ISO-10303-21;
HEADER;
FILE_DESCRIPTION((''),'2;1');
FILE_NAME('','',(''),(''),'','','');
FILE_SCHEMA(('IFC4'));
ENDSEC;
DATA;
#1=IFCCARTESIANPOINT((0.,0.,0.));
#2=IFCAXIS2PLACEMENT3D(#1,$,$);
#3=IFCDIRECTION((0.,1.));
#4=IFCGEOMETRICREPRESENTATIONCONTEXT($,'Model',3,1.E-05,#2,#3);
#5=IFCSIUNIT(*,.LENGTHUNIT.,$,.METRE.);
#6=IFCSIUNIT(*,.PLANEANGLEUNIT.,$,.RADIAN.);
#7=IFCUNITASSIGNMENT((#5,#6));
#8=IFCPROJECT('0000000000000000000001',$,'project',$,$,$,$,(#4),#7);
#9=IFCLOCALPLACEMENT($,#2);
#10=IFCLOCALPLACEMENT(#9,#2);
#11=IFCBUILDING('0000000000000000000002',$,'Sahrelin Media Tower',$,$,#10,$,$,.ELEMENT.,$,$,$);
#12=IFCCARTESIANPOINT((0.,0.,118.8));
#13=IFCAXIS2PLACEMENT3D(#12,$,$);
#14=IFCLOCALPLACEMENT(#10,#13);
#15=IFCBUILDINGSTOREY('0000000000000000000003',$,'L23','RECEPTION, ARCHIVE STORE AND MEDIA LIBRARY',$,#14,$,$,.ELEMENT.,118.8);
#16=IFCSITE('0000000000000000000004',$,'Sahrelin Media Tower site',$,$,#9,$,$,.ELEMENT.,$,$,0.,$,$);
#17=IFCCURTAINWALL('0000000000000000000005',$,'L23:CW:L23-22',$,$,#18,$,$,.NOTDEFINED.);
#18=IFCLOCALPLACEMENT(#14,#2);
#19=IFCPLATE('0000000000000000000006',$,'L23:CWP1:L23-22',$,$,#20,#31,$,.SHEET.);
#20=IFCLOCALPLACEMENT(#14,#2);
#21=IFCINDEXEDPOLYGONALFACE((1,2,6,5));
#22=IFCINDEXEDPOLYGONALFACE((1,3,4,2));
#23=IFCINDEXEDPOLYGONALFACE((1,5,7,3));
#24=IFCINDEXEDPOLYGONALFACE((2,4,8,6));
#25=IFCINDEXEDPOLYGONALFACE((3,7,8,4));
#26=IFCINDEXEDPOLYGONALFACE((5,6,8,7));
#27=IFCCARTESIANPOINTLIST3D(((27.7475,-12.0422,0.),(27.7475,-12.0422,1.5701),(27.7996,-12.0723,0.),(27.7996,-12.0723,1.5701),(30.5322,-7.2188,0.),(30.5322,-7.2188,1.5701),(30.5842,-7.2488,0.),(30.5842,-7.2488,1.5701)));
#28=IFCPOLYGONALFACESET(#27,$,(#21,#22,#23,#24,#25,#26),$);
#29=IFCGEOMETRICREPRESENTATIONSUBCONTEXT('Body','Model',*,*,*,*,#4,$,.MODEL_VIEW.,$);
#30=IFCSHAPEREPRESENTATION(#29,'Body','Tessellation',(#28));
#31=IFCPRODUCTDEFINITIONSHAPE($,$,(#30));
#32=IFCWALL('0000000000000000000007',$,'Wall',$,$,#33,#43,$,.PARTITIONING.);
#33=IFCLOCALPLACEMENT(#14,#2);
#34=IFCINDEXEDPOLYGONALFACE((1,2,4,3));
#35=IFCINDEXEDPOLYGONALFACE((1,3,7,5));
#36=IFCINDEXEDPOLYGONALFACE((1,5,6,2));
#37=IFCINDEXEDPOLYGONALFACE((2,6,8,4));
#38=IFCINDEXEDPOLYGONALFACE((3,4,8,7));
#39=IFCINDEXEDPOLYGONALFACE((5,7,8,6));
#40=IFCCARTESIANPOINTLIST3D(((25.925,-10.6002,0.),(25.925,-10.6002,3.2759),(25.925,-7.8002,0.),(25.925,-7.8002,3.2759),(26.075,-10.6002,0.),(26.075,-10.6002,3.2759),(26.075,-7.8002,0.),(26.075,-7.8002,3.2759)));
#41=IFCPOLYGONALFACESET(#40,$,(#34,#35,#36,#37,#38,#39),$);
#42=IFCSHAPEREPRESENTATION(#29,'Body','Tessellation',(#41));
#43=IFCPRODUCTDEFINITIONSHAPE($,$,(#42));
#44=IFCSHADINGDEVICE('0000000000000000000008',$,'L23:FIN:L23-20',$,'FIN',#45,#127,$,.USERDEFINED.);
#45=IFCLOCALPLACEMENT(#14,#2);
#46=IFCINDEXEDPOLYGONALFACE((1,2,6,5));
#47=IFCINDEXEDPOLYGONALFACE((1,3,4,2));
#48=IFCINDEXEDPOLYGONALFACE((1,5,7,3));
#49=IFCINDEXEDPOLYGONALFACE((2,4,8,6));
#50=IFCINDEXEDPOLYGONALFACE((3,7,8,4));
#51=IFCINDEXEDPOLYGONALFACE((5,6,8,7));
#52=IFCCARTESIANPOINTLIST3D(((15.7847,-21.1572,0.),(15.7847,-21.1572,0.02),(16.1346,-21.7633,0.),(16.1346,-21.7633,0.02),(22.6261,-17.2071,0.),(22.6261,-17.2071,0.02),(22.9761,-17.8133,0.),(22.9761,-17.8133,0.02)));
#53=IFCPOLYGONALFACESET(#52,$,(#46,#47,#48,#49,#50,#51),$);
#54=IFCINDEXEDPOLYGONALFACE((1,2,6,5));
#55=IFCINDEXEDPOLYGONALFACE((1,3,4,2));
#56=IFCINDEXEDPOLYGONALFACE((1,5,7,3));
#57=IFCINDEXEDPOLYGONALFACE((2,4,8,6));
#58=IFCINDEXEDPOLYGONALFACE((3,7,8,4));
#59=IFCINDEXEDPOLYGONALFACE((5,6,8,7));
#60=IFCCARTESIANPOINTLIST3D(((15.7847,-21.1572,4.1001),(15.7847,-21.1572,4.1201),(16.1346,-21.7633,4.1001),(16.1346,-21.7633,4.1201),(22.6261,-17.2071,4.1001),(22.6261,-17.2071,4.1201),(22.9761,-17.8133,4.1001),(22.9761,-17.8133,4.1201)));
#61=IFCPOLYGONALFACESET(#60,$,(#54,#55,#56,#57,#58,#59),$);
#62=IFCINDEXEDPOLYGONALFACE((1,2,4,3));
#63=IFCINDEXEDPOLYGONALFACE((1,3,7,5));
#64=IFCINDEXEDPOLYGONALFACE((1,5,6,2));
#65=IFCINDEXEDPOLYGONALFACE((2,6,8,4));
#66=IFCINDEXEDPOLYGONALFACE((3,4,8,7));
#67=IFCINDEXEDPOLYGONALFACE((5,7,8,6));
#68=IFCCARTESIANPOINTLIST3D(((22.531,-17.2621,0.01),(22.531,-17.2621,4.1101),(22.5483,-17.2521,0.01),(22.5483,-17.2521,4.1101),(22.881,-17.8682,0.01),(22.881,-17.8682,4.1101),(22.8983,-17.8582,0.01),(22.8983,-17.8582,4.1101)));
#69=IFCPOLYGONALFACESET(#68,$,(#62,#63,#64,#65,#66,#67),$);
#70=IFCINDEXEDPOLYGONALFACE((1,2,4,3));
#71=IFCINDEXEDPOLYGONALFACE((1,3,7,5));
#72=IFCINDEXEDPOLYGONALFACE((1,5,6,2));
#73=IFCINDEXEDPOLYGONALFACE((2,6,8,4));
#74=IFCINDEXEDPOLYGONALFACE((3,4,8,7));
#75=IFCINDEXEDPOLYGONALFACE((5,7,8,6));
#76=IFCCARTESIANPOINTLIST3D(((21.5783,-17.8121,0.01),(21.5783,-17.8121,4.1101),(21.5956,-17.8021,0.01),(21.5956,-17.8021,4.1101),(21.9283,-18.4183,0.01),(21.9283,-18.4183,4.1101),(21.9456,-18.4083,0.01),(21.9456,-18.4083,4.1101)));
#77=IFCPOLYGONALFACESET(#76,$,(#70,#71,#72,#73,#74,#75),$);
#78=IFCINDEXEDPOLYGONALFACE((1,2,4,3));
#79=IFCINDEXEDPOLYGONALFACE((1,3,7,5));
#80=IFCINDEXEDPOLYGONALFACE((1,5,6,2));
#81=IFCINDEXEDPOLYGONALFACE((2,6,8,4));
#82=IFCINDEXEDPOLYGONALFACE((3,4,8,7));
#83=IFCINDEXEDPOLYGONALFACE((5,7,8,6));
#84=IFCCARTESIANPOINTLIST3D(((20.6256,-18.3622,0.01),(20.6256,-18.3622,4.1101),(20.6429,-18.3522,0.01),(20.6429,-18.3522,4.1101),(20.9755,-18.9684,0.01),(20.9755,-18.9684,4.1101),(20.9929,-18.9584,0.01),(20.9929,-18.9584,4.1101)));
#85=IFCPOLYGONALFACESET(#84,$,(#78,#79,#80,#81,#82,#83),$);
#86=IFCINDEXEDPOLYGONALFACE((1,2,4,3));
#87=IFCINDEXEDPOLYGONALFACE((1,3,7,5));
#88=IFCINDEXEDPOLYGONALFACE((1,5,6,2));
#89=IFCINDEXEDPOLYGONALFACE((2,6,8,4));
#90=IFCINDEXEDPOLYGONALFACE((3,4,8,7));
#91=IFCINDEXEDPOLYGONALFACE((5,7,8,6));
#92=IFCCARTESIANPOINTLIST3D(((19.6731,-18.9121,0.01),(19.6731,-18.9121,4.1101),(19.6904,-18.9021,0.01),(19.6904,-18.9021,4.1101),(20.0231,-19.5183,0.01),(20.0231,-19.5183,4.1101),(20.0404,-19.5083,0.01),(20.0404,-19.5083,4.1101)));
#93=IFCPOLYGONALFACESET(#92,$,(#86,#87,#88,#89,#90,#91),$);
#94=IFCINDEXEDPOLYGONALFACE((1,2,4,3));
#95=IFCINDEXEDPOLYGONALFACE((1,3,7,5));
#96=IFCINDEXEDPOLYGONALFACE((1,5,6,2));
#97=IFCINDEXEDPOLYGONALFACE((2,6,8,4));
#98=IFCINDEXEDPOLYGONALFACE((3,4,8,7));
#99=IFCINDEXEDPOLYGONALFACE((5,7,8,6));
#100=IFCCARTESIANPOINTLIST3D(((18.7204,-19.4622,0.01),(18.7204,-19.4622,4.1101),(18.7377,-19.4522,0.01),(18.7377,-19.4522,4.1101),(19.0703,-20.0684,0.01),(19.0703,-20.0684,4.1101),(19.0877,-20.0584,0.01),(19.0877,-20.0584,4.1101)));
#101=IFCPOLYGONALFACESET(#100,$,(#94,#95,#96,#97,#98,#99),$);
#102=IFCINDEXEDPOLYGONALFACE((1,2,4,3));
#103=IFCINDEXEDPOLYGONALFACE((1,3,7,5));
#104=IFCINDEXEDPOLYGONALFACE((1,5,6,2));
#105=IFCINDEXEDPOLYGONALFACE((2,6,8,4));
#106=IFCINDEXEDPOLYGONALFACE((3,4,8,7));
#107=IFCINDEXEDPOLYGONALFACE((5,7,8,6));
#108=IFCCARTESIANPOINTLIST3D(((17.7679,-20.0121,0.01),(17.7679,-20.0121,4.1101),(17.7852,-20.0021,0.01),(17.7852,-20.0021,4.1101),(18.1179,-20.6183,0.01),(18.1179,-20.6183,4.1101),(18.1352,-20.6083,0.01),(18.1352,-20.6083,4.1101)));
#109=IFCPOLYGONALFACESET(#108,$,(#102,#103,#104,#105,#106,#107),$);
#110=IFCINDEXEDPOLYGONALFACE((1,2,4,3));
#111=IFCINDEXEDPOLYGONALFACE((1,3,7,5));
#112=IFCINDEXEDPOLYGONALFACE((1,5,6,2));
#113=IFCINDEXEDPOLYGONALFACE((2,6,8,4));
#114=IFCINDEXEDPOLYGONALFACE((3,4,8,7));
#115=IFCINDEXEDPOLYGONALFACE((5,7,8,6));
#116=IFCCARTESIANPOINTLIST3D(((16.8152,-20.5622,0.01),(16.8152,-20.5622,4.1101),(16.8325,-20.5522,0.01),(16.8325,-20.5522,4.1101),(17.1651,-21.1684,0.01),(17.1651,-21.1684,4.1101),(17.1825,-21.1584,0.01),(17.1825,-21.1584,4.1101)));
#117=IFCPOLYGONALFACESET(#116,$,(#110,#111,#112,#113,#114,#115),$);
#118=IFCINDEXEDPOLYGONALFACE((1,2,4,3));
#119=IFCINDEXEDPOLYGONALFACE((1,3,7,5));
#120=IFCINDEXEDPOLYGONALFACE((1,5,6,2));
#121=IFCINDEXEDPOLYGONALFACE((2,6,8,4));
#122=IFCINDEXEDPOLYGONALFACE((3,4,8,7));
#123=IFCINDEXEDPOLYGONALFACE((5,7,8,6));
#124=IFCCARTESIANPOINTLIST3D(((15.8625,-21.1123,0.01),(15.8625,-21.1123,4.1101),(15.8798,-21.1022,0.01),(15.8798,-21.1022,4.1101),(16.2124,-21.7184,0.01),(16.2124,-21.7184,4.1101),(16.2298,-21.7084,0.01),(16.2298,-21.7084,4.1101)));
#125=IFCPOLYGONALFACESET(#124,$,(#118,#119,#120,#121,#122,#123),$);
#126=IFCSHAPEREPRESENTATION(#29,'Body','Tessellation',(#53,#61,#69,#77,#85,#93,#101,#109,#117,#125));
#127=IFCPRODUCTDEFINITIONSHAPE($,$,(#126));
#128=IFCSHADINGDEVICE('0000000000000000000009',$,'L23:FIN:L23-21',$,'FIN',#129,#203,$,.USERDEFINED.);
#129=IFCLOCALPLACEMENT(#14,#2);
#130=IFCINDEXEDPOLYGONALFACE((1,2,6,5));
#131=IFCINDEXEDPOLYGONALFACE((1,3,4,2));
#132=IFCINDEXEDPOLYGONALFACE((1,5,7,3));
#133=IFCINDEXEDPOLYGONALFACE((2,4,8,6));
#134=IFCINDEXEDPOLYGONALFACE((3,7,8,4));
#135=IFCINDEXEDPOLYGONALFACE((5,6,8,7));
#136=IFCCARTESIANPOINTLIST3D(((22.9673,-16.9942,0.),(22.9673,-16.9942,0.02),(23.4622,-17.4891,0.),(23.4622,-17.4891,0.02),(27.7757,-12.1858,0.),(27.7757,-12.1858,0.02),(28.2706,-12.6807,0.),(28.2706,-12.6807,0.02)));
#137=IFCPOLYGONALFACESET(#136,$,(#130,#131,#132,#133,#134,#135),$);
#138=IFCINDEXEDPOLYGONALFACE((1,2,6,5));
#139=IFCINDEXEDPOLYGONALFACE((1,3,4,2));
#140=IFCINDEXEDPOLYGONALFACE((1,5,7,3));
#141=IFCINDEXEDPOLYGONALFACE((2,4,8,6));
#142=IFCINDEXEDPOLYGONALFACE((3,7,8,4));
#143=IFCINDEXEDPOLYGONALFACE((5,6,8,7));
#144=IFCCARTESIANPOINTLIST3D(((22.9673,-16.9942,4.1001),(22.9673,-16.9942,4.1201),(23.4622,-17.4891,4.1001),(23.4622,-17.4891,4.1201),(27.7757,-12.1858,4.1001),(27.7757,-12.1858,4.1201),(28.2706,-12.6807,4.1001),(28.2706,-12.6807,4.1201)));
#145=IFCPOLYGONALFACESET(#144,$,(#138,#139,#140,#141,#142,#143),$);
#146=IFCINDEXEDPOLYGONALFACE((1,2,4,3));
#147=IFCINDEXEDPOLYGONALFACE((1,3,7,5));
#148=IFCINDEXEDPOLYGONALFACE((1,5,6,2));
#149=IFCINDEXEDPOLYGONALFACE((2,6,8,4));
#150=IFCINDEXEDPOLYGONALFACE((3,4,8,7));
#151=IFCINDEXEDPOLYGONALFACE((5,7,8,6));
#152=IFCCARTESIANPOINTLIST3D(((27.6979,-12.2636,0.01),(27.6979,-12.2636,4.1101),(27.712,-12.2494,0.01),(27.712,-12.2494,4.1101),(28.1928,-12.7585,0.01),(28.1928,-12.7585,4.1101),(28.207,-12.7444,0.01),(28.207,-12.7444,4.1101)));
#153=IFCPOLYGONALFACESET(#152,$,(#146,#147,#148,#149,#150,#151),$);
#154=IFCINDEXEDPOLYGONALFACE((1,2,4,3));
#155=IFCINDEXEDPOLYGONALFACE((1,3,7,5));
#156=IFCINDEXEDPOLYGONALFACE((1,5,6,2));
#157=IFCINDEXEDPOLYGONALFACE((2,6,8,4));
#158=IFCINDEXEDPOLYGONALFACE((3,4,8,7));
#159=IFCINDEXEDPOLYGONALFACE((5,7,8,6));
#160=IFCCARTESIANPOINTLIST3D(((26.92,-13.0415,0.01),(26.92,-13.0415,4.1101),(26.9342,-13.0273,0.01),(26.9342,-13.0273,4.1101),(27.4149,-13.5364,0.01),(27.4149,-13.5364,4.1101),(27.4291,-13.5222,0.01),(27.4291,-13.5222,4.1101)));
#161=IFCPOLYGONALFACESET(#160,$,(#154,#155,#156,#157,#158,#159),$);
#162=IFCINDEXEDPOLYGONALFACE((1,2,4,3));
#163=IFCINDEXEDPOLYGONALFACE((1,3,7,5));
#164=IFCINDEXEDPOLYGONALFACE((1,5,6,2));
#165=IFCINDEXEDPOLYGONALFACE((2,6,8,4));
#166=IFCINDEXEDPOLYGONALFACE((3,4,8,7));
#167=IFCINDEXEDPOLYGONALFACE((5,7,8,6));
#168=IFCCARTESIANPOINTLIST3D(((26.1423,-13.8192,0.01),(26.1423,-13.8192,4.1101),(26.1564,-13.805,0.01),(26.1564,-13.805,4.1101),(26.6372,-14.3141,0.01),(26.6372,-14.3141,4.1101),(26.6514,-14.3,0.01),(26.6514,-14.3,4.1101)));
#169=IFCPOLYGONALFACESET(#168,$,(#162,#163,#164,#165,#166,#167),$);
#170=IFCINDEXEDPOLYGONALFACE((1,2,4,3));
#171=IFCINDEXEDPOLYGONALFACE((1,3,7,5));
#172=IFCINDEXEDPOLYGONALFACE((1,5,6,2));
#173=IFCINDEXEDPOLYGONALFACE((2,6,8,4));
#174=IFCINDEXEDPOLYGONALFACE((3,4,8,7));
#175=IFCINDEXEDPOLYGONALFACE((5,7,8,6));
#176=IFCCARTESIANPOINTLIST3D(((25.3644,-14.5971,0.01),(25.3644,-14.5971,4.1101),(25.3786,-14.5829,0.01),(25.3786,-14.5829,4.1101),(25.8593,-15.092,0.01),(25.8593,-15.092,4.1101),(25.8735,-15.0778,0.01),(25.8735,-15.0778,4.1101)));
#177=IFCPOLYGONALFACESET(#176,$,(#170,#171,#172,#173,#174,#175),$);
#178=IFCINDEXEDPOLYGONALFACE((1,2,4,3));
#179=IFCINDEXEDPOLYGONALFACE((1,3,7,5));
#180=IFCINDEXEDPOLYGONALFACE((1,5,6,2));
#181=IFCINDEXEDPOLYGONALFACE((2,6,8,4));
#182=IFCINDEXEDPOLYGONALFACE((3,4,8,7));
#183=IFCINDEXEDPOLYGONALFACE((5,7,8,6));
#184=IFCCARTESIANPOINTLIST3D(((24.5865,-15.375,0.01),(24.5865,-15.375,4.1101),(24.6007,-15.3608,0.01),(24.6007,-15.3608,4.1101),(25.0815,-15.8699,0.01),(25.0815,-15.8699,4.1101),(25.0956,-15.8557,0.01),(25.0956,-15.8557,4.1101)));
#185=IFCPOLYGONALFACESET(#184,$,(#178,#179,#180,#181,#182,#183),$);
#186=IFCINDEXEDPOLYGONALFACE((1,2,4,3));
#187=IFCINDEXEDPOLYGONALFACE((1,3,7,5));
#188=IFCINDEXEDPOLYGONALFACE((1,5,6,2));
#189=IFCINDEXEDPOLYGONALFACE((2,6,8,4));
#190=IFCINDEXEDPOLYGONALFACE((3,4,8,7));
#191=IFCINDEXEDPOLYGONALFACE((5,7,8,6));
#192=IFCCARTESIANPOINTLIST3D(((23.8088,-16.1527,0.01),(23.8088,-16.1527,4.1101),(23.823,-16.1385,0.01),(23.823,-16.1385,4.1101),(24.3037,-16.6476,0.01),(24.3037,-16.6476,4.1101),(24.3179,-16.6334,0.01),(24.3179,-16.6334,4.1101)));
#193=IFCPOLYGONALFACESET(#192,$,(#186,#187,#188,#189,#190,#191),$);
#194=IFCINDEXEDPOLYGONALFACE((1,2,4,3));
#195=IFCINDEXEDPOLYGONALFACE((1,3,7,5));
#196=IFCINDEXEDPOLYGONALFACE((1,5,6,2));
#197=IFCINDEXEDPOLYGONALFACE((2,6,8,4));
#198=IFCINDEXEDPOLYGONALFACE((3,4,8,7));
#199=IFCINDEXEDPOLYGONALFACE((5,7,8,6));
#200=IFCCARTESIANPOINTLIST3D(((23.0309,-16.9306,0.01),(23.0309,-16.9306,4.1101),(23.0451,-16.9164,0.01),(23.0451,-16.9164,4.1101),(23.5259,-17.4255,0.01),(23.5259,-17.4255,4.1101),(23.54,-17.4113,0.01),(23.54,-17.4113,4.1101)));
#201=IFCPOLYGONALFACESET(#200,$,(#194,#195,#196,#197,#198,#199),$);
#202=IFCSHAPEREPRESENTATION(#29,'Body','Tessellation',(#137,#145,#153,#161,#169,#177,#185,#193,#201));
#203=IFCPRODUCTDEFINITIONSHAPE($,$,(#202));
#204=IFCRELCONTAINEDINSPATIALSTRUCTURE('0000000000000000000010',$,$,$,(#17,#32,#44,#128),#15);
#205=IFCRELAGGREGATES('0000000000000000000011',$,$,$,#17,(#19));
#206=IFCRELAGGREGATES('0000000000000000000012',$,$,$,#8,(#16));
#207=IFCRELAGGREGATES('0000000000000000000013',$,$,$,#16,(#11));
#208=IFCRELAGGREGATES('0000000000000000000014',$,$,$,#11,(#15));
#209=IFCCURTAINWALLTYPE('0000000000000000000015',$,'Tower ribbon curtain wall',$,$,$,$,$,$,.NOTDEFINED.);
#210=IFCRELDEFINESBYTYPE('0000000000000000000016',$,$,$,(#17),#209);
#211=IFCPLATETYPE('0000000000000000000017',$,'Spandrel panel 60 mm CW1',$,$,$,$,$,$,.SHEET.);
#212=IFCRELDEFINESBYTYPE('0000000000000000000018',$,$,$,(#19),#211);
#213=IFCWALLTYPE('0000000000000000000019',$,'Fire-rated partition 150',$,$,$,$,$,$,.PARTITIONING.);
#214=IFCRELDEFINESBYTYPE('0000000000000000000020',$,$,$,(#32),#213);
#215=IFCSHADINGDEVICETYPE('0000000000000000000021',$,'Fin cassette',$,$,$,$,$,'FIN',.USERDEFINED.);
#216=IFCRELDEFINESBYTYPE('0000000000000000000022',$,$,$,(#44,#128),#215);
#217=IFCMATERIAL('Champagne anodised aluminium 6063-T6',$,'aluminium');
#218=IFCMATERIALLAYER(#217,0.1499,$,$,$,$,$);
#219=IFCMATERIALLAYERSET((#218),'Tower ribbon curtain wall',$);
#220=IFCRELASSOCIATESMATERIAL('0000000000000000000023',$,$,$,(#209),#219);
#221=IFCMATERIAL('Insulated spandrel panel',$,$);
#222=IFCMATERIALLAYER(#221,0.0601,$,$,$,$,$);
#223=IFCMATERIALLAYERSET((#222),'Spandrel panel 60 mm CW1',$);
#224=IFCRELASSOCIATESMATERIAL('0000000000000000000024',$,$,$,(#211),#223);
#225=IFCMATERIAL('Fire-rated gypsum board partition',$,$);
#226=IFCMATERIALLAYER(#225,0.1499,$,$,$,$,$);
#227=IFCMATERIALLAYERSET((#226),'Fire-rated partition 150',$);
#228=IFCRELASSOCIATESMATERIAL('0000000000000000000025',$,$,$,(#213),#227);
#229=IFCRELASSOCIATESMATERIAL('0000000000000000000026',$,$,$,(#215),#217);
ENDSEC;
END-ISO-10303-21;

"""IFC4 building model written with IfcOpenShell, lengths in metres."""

from ifc_helpers import new_model, si_unit, direction, frame, frame_2d, origin, origin_2d, place, context, subcontext, project, spatial, polyline, rectangle, outline, extrude, material, layer, layer_set, type_object, element, aggregate, save


model = new_model("IFC4")

# Units and contexts
model_context = context("Model", 3, precision=1e-05, world=origin(), true_north=direction((0.0, 1.0)))
body_context = subcontext(model_context, "Body", "Model", "MODEL_VIEW")
ifc_project = project(units=[si_unit("LENGTHUNIT", "METRE"), si_unit("PLANEANGLEUNIT", "RADIAN")], contexts=[model_context])

# Site, building, storey
site_placement = place(None, origin())
site = spatial("IfcSite", under=ifc_project, at=site_placement, Name="Sahrelin Media Tower site", CompositionType="ELEMENT", RefElevation=0.0)
building_placement = place(site_placement, origin())
building = spatial("IfcBuilding", under=site, at=building_placement, Name="Sahrelin Media Tower", CompositionType="ELEMENT")
storey_placement = place(building_placement, frame((0.0, 0.0, 118.8)))
storey = spatial("IfcBuildingStorey", under=building, at=storey_placement, Name="L23", Description="RECEPTION, ARCHIVE STORE AND MEDIA LIBRARY", CompositionType="ELEMENT", Elevation=118.8)

# Shared definitions
ifc_material_1 = material(Name="Champagne anodised aluminium 6063-T6", Category="aluminium")
ifc_layer_1 = layer(ifc_material_1, 0.1499)
ifc_layer_set_1 = layer_set([ifc_layer_1], Name="Tower ribbon curtain wall")
curtain_wall_type = type_object("IfcCurtainWallType", Name="Tower ribbon curtain wall", PredefinedType="NOTDEFINED", material=ifc_layer_set_1)

# Curtain wall
curtain_wall_1_placement = place(storey_placement, frame((29.1746, -9.6504, 0.0), z_axis=(0.0, 0.0, 1.0), x_axis=(1.0, 0.0, 0.0)))
curtain_wall_1 = element("IfcCurtainWall", 1, at=curtain_wall_1_placement, inside=storey, type_object=curtain_wall_type, Name="L23:CW:L23-22", PredefinedType="NOTDEFINED")

# Plate
ifc_material_2 = material(Name="Insulated spandrel panel")
ifc_layer_2 = layer(ifc_material_2, 0.0601)
ifc_layer_set_2 = layer_set([ifc_layer_2], Name="Spandrel panel 60 mm CW1")
plate_type_1 = type_object("IfcPlateType", Name="Spandrel panel 60 mm CW1", PredefinedType="SHEET", material=ifc_layer_set_2)
plate_1_placement = place(storey_placement, frame((27.7996, -12.0723, 0.0), z_axis=(0.866039, -0.499977, 0.0), x_axis=(0.499977, 0.866039, 0.0)))
plate_1 = element("IfcPlate", 2, at=plate_1_placement, type_object=plate_type_1, Name="L23:CWP1:L23-22", PredefinedType="SHEET", context=body_context, shape_type="SweptSolid", body=[
    extrude(outline(polyline([(0.0, 0.0), (5.5696, 0.0), (5.5696, 1.5701), (0.0, 1.5701), (0.0, 0.0)])), origin(), (0.0, 0.0, -1.0), 0.0601),
])
aggregate(curtain_wall_1, [plate_1])

# Wall
ifc_material_3 = material(Name="Fire-rated gypsum board partition")
ifc_layer_3 = layer(ifc_material_3, 0.1499)
ifc_layer_set_3 = layer_set([ifc_layer_3], Name="Fire-rated partition 150")
wall_type = type_object("IfcWallType", Name="Fire-rated partition 150", PredefinedType="PARTITIONING", material=ifc_layer_set_3)
wall_placement = place(storey_placement, frame((26.0, -10.6001, 0.0), z_axis=(0.0, 0.0, 1.0), x_axis=(0.0, 1.0, 0.0)))
element("IfcWall", 3, at=wall_placement, inside=storey, type_object=wall_type, Name="Wall", PredefinedType="PARTITIONING", context=body_context, shape_type="SweptSolid", body=[
    extrude(rectangle(XDim=2.8, YDim=0.1499, at=frame_2d((1.3999, 0.0))), origin(), (0.0, 0.0, 1.0), 3.2759),
])

# Shading devices
shading_device_type_1 = type_object("IfcShadingDeviceType", Name="Fin cassette", ElementType="FIN", PredefinedType="USERDEFINED", material=ifc_material_1)
placement_1 = place(storey_placement, frame((19.1704, -19.1216, 0.0), z_axis=(0.0, 0.0, 1.0), x_axis=(-0.866019, -0.500011, 0.0)))
element("IfcShadingDevice", 4, at=placement_1, inside=storey, type_object=shading_device_type_1, Name="L23:FIN:L23-20", ObjectType="FIN", PredefinedType="USERDEFINED", context=body_context, shape_type="SweptSolid", body=[
    extrude(rectangle(XDim=7.8999, YDim=0.7, at=origin_2d()), frame((0.0, 0.4199, 0.0)), (0.0, 0.0, 1.0), 0.02),
    extrude(rectangle(XDim=7.8999, YDim=0.7, at=origin_2d()), frame((0.0, 0.4199, 4.1001)), (0.0, 0.0, 1.0), 0.02),
    extrude(rectangle(XDim=0.02, YDim=0.7, at=origin_2d()), frame((-3.8501, 0.4199, 0.01), z_axis=(0.0, 0.0, 1.0), x_axis=(1.0, 0.0, 0.0)), (0.0, 0.0, 1.0), 4.1001),
    extrude(rectangle(XDim=0.02, YDim=0.7, at=origin_2d()), frame((-2.75, 0.4199, 0.01), z_axis=(0.0, 0.0, 1.0), x_axis=(1.0, 0.0, 0.0)), (0.0, 0.0, 1.0), 4.1001),
    extrude(rectangle(XDim=0.02, YDim=0.7, at=origin_2d()), frame((-1.6499, 0.4199, 0.01), z_axis=(0.0, 0.0, 1.0), x_axis=(1.0, 0.0, 0.0)), (0.0, 0.0, 1.0), 4.1001),
    extrude(rectangle(XDim=0.02, YDim=0.7, at=origin_2d()), frame((-0.55, 0.4199, 0.01), z_axis=(0.0, 0.0, 1.0), x_axis=(1.0, 0.0, 0.0)), (0.0, 0.0, 1.0), 4.1001),
    extrude(rectangle(XDim=0.02, YDim=0.7, at=origin_2d()), frame((0.55, 0.4199, 0.01), z_axis=(0.0, 0.0, 1.0), x_axis=(1.0, 0.0, 0.0)), (0.0, 0.0, 1.0), 4.1001),
    extrude(rectangle(XDim=0.02, YDim=0.7, at=origin_2d()), frame((1.6499, 0.4199, 0.01), z_axis=(0.0, 0.0, 1.0), x_axis=(1.0, 0.0, 0.0)), (0.0, 0.0, 1.0), 4.1001),
    extrude(rectangle(XDim=0.02, YDim=0.7, at=origin_2d()), frame((2.75, 0.4199, 0.01), z_axis=(0.0, 0.0, 1.0), x_axis=(1.0, 0.0, 0.0)), (0.0, 0.0, 1.0), 4.1001),
    extrude(rectangle(XDim=0.02, YDim=0.7, at=origin_2d()), frame((3.8501, 0.4199, 0.01), z_axis=(0.0, 0.0, 1.0), x_axis=(1.0, 0.0, 0.0)), (0.0, 0.0, 1.0), 4.1001),
])
placement_2 = place(storey_placement, frame((25.322, -14.5405, 0.0), z_axis=(0.0, 0.0, 1.0), x_axis=(-0.707107, -0.707107, 0.0)))
element("IfcShadingDevice", 5, at=placement_2, inside=storey, type_object=shading_device_type_1, Name="L23:FIN:L23-21", ObjectType="FIN", PredefinedType="USERDEFINED", context=body_context, shape_type="SweptSolid", body=[
    extrude(rectangle(XDim=6.8, YDim=0.7, at=origin_2d()), frame((0.0, 0.4199, 0.0)), (0.0, 0.0, 1.0), 0.02),
    extrude(rectangle(XDim=6.8, YDim=0.7, at=origin_2d()), frame((0.0, 0.4199, 4.1001)), (0.0, 0.0, 1.0), 0.02),
    extrude(rectangle(XDim=0.02, YDim=0.7, at=origin_2d()), frame((-3.3, 0.4199, 0.01), z_axis=(0.0, 0.0, 1.0), x_axis=(1.0, 0.0, 0.0)), (0.0, 0.0, 1.0), 4.1001),
    extrude(rectangle(XDim=0.02, YDim=0.7, at=origin_2d()), frame((-2.2, 0.4199, 0.01), z_axis=(0.0, 0.0, 1.0), x_axis=(1.0, 0.0, 0.0)), (0.0, 0.0, 1.0), 4.1001),
    extrude(rectangle(XDim=0.02, YDim=0.7, at=origin_2d()), frame((-1.1001, 0.4199, 0.01), z_axis=(0.0, 0.0, 1.0), x_axis=(1.0, 0.0, 0.0)), (0.0, 0.0, 1.0), 4.1001),
    extrude(rectangle(XDim=0.02, YDim=0.7, at=origin_2d()), frame((0.0, 0.4199, 0.01), z_axis=(0.0, 0.0, 1.0), x_axis=(1.0, 0.0, 0.0)), (0.0, 0.0, 1.0), 4.1001),
    extrude(rectangle(XDim=0.02, YDim=0.7, at=origin_2d()), frame((1.1001, 0.4199, 0.01), z_axis=(0.0, 0.0, 1.0), x_axis=(1.0, 0.0, 0.0)), (0.0, 0.0, 1.0), 4.1001),
    extrude(rectangle(XDim=0.02, YDim=0.7, at=origin_2d()), frame((2.2, 0.4199, 0.01), z_axis=(0.0, 0.0, 1.0), x_axis=(1.0, 0.0, 0.0)), (0.0, 0.0, 1.0), 4.1001),
    extrude(rectangle(XDim=0.02, YDim=0.7, at=origin_2d()), frame((3.3, 0.4199, 0.01), z_axis=(0.0, 0.0, 1.0), x_axis=(1.0, 0.0, 0.0)), (0.0, 0.0, 1.0), 4.1001),
])

save(model, "model.ifc")
